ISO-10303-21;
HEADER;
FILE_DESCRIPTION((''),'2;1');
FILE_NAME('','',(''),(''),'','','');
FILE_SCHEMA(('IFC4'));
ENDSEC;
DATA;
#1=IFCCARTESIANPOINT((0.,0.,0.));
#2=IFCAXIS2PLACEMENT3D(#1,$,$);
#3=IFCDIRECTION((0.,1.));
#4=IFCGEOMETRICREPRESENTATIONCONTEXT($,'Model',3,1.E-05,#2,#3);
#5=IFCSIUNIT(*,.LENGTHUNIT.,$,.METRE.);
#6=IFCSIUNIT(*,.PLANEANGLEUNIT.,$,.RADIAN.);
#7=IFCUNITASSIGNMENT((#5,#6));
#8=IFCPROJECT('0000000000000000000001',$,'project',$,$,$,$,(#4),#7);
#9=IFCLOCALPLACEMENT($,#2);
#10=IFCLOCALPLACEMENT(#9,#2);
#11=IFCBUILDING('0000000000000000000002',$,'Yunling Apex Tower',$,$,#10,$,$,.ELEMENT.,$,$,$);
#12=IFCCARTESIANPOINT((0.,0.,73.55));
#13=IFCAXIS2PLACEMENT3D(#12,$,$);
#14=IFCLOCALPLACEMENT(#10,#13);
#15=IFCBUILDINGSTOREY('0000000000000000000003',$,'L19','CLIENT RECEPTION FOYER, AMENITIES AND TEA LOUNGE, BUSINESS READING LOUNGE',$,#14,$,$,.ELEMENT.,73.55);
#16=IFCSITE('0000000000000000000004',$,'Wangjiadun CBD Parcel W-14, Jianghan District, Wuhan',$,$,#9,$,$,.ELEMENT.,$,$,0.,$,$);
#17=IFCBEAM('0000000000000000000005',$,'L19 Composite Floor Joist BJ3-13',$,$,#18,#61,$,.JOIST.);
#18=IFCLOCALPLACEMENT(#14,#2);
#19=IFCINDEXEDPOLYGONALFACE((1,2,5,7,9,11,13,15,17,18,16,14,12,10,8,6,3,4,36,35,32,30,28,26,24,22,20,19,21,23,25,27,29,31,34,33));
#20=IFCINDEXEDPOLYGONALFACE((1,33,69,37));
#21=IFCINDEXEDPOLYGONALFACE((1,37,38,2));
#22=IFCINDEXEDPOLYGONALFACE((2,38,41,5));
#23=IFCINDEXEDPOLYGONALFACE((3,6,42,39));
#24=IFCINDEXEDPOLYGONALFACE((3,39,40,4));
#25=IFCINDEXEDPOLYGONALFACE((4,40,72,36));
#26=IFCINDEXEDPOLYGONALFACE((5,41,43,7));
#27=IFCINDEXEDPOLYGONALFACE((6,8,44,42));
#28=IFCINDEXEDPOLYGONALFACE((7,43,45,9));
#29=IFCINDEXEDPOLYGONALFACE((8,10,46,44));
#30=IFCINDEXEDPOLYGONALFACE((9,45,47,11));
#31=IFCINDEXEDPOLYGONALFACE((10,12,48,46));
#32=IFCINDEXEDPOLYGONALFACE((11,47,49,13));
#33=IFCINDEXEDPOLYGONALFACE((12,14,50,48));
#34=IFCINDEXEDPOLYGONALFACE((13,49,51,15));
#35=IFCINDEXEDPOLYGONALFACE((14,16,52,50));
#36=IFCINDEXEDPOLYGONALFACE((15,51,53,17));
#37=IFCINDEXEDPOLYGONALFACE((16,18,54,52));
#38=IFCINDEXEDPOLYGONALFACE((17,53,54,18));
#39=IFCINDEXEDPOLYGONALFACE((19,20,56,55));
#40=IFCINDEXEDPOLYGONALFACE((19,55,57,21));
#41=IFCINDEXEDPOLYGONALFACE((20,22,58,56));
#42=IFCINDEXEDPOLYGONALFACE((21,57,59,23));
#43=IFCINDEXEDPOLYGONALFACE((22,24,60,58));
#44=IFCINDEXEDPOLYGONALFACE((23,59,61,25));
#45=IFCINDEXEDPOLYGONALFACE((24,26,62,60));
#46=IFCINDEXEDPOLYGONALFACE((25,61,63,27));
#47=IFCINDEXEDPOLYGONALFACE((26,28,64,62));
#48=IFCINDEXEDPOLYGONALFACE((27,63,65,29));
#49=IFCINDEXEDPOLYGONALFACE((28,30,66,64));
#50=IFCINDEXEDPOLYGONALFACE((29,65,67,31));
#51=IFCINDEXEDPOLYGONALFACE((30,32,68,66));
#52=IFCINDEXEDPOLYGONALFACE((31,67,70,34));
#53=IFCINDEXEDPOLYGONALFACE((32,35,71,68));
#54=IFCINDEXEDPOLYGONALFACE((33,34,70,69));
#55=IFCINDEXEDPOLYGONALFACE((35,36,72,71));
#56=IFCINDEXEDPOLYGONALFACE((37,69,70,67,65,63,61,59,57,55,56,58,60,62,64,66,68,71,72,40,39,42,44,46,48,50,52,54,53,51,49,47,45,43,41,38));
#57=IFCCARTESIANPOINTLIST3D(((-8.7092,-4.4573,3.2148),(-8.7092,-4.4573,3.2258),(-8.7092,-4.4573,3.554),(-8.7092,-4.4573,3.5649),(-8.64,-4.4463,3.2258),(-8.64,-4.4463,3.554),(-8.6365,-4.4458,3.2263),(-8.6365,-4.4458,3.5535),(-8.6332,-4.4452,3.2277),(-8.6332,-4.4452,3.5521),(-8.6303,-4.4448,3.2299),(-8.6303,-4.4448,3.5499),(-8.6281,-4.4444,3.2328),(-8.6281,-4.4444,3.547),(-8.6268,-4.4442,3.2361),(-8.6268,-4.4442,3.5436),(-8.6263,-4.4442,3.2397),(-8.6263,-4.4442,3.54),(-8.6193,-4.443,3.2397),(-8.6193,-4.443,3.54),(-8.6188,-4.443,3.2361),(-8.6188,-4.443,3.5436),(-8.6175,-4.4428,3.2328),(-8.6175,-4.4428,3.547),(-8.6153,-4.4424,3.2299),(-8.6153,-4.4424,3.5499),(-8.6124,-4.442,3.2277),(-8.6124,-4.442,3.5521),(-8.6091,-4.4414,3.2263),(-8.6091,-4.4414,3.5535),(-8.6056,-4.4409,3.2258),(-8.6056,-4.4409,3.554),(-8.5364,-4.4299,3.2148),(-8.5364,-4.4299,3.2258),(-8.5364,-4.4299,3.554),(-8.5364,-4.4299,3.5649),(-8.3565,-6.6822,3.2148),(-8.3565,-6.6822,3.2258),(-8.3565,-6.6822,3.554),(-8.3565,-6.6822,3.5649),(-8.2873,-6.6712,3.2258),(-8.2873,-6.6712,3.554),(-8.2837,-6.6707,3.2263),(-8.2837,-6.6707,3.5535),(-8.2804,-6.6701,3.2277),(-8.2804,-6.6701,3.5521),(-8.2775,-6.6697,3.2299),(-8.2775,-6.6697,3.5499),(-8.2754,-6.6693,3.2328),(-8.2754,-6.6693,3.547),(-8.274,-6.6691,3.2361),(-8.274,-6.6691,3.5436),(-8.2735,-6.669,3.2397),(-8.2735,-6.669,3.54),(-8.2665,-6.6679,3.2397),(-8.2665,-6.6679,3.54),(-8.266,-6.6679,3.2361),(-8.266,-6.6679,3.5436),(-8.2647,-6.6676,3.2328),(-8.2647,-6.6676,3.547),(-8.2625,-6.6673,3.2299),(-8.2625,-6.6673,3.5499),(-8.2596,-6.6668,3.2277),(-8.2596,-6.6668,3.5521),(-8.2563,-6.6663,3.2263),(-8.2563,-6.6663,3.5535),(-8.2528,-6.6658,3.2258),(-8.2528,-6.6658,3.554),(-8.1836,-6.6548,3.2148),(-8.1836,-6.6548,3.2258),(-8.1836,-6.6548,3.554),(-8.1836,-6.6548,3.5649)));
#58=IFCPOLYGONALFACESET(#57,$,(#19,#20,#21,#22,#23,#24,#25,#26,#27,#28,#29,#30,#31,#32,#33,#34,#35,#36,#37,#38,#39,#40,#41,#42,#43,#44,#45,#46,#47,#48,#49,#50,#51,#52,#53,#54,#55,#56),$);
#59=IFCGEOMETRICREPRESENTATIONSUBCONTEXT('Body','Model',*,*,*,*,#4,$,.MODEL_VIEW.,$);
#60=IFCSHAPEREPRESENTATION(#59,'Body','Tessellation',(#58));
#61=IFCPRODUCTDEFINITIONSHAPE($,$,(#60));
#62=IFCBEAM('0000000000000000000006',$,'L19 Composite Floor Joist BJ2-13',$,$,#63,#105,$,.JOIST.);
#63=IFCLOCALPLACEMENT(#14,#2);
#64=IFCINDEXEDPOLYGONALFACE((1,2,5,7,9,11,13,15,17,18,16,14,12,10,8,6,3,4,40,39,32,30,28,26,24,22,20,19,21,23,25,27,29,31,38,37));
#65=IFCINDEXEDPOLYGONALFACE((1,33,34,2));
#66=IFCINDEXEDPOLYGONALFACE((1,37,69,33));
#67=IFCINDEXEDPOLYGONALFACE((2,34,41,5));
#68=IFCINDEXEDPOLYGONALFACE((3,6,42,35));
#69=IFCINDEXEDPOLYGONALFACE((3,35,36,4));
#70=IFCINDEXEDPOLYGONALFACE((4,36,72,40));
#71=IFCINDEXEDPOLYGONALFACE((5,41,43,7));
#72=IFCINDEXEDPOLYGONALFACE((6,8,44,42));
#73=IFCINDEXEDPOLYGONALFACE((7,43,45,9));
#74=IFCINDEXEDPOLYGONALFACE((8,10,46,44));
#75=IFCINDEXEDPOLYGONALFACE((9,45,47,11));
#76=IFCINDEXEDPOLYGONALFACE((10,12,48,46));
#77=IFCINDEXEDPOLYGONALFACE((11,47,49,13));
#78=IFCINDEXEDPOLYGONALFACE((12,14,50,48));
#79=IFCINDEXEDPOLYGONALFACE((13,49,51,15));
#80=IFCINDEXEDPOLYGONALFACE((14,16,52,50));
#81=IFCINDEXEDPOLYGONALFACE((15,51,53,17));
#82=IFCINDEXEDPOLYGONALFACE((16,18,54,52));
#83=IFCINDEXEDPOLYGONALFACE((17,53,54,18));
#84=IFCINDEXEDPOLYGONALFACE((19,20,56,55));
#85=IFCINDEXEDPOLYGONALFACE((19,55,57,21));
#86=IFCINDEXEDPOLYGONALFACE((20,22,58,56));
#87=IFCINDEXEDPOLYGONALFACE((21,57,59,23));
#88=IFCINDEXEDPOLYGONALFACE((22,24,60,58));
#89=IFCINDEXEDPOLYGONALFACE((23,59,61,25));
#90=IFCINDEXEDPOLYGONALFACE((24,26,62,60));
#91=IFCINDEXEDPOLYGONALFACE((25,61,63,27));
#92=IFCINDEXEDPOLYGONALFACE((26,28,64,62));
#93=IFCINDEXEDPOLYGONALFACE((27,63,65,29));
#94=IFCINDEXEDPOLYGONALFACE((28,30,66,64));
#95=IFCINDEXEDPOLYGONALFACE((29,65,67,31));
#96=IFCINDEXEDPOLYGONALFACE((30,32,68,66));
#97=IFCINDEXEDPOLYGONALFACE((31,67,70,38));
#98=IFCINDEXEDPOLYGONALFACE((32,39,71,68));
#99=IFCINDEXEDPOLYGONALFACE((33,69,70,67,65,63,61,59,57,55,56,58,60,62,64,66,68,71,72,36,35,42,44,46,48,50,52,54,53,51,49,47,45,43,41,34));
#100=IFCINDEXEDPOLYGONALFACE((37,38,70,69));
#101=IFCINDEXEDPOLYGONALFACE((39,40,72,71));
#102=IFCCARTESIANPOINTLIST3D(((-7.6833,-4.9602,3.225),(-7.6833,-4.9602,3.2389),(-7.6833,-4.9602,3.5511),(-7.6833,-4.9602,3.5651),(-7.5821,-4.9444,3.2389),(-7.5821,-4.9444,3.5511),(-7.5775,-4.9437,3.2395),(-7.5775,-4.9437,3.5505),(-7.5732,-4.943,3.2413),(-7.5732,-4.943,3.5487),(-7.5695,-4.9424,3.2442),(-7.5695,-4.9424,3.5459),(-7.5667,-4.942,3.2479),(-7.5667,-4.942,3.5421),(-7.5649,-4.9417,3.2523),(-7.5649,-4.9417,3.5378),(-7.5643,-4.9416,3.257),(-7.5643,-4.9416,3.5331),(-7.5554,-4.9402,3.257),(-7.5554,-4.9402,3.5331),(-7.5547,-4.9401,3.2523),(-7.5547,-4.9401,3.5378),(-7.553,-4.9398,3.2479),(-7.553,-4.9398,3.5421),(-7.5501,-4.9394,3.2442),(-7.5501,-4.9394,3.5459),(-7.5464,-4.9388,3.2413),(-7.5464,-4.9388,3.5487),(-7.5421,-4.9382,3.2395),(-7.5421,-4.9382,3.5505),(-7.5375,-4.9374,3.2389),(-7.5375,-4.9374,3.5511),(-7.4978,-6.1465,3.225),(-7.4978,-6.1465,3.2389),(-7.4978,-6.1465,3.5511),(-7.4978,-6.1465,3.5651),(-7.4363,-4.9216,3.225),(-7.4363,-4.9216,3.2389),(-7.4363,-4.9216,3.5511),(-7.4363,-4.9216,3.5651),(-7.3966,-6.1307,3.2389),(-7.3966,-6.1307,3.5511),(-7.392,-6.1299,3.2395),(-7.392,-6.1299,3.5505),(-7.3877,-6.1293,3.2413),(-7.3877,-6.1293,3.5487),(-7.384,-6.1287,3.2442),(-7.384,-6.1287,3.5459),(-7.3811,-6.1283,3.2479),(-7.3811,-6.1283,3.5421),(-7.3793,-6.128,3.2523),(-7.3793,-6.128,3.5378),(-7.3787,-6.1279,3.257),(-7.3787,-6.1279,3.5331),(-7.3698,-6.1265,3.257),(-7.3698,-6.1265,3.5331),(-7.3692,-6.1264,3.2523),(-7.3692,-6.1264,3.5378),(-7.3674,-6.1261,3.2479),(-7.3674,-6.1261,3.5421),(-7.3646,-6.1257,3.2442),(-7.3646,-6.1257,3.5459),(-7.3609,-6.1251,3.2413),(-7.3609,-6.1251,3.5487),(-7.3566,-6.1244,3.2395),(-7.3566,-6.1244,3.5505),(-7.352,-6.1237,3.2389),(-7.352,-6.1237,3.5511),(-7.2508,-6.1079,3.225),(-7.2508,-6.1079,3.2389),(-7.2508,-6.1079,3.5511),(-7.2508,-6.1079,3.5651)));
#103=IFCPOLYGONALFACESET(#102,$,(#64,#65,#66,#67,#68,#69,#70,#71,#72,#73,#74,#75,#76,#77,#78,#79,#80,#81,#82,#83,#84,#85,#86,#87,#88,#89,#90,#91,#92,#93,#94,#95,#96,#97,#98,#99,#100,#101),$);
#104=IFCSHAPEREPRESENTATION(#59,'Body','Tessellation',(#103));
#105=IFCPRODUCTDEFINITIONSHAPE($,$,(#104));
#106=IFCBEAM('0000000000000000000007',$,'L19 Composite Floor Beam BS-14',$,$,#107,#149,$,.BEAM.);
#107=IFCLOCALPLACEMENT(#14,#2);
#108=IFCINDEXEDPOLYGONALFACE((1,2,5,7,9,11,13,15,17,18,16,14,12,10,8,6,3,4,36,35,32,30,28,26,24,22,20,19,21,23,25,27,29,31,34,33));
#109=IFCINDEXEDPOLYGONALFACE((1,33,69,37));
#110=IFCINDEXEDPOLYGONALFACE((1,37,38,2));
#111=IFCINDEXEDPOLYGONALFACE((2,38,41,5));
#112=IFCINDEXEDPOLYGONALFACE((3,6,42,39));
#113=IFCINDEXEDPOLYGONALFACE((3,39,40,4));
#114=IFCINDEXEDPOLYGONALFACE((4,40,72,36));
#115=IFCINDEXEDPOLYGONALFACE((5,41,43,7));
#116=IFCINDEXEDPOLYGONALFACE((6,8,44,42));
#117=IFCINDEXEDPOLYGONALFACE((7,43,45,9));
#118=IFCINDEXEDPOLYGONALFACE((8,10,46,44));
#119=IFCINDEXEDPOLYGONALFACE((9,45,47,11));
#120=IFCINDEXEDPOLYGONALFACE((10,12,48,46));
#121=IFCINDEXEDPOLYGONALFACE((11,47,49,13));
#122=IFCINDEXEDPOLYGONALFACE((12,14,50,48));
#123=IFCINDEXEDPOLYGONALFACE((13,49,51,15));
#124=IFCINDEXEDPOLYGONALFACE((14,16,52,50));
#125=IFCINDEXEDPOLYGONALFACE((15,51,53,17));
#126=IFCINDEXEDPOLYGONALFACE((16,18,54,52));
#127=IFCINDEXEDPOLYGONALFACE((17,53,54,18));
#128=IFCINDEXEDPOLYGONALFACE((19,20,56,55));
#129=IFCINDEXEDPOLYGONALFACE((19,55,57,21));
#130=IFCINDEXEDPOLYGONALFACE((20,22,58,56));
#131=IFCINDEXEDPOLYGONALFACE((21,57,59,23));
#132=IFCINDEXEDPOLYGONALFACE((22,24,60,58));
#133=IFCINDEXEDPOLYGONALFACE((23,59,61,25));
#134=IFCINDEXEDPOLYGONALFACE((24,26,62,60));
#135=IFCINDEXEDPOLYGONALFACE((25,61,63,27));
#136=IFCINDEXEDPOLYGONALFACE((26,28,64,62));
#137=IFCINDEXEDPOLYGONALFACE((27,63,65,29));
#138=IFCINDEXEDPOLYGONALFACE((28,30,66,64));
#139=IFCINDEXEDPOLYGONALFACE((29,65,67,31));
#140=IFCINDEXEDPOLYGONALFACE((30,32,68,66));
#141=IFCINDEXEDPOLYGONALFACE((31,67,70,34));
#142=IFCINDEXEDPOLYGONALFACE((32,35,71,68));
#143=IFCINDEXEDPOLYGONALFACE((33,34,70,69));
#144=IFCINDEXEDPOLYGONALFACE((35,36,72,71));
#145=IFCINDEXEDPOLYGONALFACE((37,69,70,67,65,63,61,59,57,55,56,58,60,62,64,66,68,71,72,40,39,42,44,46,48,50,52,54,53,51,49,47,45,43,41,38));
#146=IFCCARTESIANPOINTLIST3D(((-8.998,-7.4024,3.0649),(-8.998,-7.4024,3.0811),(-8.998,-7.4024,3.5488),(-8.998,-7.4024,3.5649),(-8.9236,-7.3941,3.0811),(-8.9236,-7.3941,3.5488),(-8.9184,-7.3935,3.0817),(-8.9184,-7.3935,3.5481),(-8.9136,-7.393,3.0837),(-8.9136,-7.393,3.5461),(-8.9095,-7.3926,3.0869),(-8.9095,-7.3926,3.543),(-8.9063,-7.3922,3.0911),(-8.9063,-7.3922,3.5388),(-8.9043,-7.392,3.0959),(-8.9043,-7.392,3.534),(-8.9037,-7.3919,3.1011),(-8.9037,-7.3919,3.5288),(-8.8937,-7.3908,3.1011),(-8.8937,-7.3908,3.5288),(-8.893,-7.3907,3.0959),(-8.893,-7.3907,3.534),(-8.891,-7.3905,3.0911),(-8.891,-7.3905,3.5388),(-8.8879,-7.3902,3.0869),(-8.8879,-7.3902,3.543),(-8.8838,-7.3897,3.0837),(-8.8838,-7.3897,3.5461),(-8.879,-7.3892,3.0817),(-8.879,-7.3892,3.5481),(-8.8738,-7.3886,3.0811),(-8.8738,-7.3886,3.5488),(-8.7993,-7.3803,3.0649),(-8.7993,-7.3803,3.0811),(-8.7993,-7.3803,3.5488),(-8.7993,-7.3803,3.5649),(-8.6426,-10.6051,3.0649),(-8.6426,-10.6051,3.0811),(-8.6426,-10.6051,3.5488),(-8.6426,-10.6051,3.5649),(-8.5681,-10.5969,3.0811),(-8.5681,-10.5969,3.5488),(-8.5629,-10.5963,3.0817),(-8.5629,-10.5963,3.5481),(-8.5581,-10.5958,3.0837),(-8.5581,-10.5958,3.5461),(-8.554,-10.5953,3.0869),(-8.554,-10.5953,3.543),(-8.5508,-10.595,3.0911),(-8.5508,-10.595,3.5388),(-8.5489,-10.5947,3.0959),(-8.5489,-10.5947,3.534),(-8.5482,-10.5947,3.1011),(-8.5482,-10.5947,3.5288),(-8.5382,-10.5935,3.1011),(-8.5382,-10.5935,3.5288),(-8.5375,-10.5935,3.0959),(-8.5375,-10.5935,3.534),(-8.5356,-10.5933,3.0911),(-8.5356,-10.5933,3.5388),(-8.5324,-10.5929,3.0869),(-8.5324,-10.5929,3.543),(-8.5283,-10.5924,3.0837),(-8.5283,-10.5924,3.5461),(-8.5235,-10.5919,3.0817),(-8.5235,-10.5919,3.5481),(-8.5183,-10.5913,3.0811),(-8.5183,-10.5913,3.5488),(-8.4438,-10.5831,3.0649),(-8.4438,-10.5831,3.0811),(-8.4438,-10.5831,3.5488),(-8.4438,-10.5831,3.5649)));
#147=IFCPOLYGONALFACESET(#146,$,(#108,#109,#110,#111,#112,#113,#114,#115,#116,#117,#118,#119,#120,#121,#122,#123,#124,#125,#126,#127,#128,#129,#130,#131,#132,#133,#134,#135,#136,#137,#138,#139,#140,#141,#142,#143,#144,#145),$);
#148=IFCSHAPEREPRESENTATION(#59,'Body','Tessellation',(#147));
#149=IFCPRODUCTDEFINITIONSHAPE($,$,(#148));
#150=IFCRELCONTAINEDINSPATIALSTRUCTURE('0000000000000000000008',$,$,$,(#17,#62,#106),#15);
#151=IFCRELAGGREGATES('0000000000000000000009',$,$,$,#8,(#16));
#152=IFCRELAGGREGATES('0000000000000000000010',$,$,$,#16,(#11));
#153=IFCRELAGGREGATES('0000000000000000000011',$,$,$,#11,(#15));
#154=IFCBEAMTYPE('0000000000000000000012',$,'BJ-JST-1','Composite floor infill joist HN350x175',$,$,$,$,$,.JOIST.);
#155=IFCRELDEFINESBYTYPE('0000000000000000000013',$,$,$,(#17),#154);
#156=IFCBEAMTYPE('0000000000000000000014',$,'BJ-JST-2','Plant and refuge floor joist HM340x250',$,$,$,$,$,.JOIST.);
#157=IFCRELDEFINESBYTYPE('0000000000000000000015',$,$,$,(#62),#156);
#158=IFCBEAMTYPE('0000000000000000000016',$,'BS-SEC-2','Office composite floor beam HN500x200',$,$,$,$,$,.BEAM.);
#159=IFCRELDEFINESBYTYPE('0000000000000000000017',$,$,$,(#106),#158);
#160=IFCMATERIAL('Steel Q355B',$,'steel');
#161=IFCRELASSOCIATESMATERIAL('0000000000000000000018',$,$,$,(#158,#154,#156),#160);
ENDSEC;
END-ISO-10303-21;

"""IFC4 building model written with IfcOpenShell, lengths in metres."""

from ifc_helpers import new_model, si_unit, direction, frame, origin, origin_2d, place, context, subcontext, project, spatial, i_section, extrude, source, transform, mapped, material, material_profile, profile_set, type_object, element, save


model = new_model("IFC4")

# Units and contexts
model_context = context("Model", 3, precision=1e-05, world=origin(), true_north=direction((0.0, 1.0)))
body_context = subcontext(model_context, "Body", "Model", "MODEL_VIEW")
ifc_project = project(units=[si_unit("LENGTHUNIT", "METRE"), si_unit("PLANEANGLEUNIT", "RADIAN")], contexts=[model_context])

# Site, building, storey
site_placement = place(None, origin())
site = spatial("IfcSite", under=ifc_project, at=site_placement, Name="Wangjiadun CBD Parcel W-14, Jianghan District, Wuhan", CompositionType="ELEMENT", RefElevation=0.0)
building_placement = place(site_placement, origin())
building = spatial("IfcBuilding", under=site, at=building_placement, Name="Yunling Apex Tower", CompositionType="ELEMENT")
storey_placement = place(building_placement, frame((0.0, 0.0, 73.55)))
storey = spatial("IfcBuildingStorey", under=building, at=storey_placement, Name="L19", Description="CLIENT RECEPTION FOYER, AMENITIES AND TEA LOUNGE, BUSINESS READING LOUNGE", CompositionType="ELEMENT", Elevation=73.55)

# Beams
ifc_material_1 = material(Name="Steel Q355B", Category="steel")
ifc_material_profile_1 = material_profile(ifc_material_1, i_section(OverallWidth=0.2, OverallDepth=0.5, WebThickness=0.01, FlangeThickness=0.0161, FilletRadius=0.02, at=origin_2d()))
ifc_profile_set_1 = profile_set([ifc_material_profile_1], Name="Steel Q355B")
beam_type_1 = type_object("IfcBeamType", Name="BS-SEC-2", Description="Office composite floor beam HN500x200", PredefinedType="BEAM", material=ifc_profile_set_1)
ifc_material_profile_2 = material_profile(ifc_material_1, i_section(OverallWidth=0.175, OverallDepth=0.3501, WebThickness=0.0071, FlangeThickness=0.011, FilletRadius=0.0139, at=origin_2d()))
ifc_profile_set_2 = profile_set([ifc_material_profile_2], Name="Steel Q355B")
beam_type_2 = type_object("IfcBeamType", Name="BJ-JST-1", Description="Composite floor infill joist HN350x175", PredefinedType="JOIST", material=ifc_profile_set_2)
shared_shape_1 = source(origin(), body_context, "Body", "SweptSolid", [
    extrude(i_section(OverallWidth=0.175, OverallDepth=0.3501, WebThickness=0.0071, FlangeThickness=0.011, FilletRadius=0.0139, at=origin_2d()), origin(), (0.0, 0.0, 1.0), 2.2527),
])
beam_1_placement = place(storey_placement, frame((-8.6228, -4.4436, 3.3899), z_axis=(0.156608, -0.987661, 0.0), x_axis=(0.987661, 0.156608, 0.0)))
element("IfcBeam", 1, at=beam_1_placement, inside=storey, type_object=beam_type_2, Name="L19 Composite Floor Joist BJ3-13", PredefinedType="JOIST", context=body_context, shape_type="MappedRepresentation", body=[
    mapped(shared_shape_1, transform((0.0, 0.0, 0.0), scale=1.0)),
])
ifc_material_profile_3 = material_profile(ifc_material_1, i_section(OverallWidth=0.25, OverallDepth=0.3401, WebThickness=0.009, FlangeThickness=0.0139, FilletRadius=0.0181, at=origin_2d()))
ifc_profile_set_3 = profile_set([ifc_material_profile_3], Name="Steel Q355B")
beam_type_3 = type_object("IfcBeamType", Name="BJ-JST-2", Description="Plant and refuge floor joist HM340x250", PredefinedType="JOIST", material=ifc_profile_set_3)
shared_shape_2 = source(origin(), body_context, "Body", "SweptSolid", [
    extrude(i_section(OverallWidth=0.25, OverallDepth=0.3401, WebThickness=0.009, FlangeThickness=0.0139, FilletRadius=0.0181, at=origin_2d()), origin(), (0.0, 0.0, 1.0), 1.2007),
])
beam_2_placement = place(storey_placement, frame((-7.5598, -4.9409, 3.395), z_axis=(0.154532, -0.987988, 0.0), x_axis=(0.987988, 0.154532, 0.0)))
element("IfcBeam", 2, at=beam_2_placement, inside=storey, type_object=beam_type_3, Name="L19 Composite Floor Joist BJ2-13", PredefinedType="JOIST", context=body_context, shape_type="MappedRepresentation", body=[
    mapped(shared_shape_2, transform((0.0, 0.0, 0.0), scale=1.0)),
])
shared_shape_3 = source(origin(), body_context, "Body", "SweptSolid", [
    extrude(i_section(OverallWidth=0.2, OverallDepth=0.5, WebThickness=0.01, FlangeThickness=0.0161, FilletRadius=0.02, at=origin_2d()), origin(), (0.0, 0.0, 1.0), 3.2224),
])
beam_3_placement = place(storey_placement, frame((-8.8987, -7.3914, 3.3149), z_axis=(0.110315, -0.993897, 0.0), x_axis=(0.993897, 0.110315, 0.0)))
element("IfcBeam", 3, at=beam_3_placement, inside=storey, type_object=beam_type_1, Name="L19 Composite Floor Beam BS-14", PredefinedType="BEAM", context=body_context, shape_type="MappedRepresentation", body=[
    mapped(shared_shape_3, transform((0.0, 0.0, 0.0), scale=1.0)),
])

save(model, "model.ifc")
